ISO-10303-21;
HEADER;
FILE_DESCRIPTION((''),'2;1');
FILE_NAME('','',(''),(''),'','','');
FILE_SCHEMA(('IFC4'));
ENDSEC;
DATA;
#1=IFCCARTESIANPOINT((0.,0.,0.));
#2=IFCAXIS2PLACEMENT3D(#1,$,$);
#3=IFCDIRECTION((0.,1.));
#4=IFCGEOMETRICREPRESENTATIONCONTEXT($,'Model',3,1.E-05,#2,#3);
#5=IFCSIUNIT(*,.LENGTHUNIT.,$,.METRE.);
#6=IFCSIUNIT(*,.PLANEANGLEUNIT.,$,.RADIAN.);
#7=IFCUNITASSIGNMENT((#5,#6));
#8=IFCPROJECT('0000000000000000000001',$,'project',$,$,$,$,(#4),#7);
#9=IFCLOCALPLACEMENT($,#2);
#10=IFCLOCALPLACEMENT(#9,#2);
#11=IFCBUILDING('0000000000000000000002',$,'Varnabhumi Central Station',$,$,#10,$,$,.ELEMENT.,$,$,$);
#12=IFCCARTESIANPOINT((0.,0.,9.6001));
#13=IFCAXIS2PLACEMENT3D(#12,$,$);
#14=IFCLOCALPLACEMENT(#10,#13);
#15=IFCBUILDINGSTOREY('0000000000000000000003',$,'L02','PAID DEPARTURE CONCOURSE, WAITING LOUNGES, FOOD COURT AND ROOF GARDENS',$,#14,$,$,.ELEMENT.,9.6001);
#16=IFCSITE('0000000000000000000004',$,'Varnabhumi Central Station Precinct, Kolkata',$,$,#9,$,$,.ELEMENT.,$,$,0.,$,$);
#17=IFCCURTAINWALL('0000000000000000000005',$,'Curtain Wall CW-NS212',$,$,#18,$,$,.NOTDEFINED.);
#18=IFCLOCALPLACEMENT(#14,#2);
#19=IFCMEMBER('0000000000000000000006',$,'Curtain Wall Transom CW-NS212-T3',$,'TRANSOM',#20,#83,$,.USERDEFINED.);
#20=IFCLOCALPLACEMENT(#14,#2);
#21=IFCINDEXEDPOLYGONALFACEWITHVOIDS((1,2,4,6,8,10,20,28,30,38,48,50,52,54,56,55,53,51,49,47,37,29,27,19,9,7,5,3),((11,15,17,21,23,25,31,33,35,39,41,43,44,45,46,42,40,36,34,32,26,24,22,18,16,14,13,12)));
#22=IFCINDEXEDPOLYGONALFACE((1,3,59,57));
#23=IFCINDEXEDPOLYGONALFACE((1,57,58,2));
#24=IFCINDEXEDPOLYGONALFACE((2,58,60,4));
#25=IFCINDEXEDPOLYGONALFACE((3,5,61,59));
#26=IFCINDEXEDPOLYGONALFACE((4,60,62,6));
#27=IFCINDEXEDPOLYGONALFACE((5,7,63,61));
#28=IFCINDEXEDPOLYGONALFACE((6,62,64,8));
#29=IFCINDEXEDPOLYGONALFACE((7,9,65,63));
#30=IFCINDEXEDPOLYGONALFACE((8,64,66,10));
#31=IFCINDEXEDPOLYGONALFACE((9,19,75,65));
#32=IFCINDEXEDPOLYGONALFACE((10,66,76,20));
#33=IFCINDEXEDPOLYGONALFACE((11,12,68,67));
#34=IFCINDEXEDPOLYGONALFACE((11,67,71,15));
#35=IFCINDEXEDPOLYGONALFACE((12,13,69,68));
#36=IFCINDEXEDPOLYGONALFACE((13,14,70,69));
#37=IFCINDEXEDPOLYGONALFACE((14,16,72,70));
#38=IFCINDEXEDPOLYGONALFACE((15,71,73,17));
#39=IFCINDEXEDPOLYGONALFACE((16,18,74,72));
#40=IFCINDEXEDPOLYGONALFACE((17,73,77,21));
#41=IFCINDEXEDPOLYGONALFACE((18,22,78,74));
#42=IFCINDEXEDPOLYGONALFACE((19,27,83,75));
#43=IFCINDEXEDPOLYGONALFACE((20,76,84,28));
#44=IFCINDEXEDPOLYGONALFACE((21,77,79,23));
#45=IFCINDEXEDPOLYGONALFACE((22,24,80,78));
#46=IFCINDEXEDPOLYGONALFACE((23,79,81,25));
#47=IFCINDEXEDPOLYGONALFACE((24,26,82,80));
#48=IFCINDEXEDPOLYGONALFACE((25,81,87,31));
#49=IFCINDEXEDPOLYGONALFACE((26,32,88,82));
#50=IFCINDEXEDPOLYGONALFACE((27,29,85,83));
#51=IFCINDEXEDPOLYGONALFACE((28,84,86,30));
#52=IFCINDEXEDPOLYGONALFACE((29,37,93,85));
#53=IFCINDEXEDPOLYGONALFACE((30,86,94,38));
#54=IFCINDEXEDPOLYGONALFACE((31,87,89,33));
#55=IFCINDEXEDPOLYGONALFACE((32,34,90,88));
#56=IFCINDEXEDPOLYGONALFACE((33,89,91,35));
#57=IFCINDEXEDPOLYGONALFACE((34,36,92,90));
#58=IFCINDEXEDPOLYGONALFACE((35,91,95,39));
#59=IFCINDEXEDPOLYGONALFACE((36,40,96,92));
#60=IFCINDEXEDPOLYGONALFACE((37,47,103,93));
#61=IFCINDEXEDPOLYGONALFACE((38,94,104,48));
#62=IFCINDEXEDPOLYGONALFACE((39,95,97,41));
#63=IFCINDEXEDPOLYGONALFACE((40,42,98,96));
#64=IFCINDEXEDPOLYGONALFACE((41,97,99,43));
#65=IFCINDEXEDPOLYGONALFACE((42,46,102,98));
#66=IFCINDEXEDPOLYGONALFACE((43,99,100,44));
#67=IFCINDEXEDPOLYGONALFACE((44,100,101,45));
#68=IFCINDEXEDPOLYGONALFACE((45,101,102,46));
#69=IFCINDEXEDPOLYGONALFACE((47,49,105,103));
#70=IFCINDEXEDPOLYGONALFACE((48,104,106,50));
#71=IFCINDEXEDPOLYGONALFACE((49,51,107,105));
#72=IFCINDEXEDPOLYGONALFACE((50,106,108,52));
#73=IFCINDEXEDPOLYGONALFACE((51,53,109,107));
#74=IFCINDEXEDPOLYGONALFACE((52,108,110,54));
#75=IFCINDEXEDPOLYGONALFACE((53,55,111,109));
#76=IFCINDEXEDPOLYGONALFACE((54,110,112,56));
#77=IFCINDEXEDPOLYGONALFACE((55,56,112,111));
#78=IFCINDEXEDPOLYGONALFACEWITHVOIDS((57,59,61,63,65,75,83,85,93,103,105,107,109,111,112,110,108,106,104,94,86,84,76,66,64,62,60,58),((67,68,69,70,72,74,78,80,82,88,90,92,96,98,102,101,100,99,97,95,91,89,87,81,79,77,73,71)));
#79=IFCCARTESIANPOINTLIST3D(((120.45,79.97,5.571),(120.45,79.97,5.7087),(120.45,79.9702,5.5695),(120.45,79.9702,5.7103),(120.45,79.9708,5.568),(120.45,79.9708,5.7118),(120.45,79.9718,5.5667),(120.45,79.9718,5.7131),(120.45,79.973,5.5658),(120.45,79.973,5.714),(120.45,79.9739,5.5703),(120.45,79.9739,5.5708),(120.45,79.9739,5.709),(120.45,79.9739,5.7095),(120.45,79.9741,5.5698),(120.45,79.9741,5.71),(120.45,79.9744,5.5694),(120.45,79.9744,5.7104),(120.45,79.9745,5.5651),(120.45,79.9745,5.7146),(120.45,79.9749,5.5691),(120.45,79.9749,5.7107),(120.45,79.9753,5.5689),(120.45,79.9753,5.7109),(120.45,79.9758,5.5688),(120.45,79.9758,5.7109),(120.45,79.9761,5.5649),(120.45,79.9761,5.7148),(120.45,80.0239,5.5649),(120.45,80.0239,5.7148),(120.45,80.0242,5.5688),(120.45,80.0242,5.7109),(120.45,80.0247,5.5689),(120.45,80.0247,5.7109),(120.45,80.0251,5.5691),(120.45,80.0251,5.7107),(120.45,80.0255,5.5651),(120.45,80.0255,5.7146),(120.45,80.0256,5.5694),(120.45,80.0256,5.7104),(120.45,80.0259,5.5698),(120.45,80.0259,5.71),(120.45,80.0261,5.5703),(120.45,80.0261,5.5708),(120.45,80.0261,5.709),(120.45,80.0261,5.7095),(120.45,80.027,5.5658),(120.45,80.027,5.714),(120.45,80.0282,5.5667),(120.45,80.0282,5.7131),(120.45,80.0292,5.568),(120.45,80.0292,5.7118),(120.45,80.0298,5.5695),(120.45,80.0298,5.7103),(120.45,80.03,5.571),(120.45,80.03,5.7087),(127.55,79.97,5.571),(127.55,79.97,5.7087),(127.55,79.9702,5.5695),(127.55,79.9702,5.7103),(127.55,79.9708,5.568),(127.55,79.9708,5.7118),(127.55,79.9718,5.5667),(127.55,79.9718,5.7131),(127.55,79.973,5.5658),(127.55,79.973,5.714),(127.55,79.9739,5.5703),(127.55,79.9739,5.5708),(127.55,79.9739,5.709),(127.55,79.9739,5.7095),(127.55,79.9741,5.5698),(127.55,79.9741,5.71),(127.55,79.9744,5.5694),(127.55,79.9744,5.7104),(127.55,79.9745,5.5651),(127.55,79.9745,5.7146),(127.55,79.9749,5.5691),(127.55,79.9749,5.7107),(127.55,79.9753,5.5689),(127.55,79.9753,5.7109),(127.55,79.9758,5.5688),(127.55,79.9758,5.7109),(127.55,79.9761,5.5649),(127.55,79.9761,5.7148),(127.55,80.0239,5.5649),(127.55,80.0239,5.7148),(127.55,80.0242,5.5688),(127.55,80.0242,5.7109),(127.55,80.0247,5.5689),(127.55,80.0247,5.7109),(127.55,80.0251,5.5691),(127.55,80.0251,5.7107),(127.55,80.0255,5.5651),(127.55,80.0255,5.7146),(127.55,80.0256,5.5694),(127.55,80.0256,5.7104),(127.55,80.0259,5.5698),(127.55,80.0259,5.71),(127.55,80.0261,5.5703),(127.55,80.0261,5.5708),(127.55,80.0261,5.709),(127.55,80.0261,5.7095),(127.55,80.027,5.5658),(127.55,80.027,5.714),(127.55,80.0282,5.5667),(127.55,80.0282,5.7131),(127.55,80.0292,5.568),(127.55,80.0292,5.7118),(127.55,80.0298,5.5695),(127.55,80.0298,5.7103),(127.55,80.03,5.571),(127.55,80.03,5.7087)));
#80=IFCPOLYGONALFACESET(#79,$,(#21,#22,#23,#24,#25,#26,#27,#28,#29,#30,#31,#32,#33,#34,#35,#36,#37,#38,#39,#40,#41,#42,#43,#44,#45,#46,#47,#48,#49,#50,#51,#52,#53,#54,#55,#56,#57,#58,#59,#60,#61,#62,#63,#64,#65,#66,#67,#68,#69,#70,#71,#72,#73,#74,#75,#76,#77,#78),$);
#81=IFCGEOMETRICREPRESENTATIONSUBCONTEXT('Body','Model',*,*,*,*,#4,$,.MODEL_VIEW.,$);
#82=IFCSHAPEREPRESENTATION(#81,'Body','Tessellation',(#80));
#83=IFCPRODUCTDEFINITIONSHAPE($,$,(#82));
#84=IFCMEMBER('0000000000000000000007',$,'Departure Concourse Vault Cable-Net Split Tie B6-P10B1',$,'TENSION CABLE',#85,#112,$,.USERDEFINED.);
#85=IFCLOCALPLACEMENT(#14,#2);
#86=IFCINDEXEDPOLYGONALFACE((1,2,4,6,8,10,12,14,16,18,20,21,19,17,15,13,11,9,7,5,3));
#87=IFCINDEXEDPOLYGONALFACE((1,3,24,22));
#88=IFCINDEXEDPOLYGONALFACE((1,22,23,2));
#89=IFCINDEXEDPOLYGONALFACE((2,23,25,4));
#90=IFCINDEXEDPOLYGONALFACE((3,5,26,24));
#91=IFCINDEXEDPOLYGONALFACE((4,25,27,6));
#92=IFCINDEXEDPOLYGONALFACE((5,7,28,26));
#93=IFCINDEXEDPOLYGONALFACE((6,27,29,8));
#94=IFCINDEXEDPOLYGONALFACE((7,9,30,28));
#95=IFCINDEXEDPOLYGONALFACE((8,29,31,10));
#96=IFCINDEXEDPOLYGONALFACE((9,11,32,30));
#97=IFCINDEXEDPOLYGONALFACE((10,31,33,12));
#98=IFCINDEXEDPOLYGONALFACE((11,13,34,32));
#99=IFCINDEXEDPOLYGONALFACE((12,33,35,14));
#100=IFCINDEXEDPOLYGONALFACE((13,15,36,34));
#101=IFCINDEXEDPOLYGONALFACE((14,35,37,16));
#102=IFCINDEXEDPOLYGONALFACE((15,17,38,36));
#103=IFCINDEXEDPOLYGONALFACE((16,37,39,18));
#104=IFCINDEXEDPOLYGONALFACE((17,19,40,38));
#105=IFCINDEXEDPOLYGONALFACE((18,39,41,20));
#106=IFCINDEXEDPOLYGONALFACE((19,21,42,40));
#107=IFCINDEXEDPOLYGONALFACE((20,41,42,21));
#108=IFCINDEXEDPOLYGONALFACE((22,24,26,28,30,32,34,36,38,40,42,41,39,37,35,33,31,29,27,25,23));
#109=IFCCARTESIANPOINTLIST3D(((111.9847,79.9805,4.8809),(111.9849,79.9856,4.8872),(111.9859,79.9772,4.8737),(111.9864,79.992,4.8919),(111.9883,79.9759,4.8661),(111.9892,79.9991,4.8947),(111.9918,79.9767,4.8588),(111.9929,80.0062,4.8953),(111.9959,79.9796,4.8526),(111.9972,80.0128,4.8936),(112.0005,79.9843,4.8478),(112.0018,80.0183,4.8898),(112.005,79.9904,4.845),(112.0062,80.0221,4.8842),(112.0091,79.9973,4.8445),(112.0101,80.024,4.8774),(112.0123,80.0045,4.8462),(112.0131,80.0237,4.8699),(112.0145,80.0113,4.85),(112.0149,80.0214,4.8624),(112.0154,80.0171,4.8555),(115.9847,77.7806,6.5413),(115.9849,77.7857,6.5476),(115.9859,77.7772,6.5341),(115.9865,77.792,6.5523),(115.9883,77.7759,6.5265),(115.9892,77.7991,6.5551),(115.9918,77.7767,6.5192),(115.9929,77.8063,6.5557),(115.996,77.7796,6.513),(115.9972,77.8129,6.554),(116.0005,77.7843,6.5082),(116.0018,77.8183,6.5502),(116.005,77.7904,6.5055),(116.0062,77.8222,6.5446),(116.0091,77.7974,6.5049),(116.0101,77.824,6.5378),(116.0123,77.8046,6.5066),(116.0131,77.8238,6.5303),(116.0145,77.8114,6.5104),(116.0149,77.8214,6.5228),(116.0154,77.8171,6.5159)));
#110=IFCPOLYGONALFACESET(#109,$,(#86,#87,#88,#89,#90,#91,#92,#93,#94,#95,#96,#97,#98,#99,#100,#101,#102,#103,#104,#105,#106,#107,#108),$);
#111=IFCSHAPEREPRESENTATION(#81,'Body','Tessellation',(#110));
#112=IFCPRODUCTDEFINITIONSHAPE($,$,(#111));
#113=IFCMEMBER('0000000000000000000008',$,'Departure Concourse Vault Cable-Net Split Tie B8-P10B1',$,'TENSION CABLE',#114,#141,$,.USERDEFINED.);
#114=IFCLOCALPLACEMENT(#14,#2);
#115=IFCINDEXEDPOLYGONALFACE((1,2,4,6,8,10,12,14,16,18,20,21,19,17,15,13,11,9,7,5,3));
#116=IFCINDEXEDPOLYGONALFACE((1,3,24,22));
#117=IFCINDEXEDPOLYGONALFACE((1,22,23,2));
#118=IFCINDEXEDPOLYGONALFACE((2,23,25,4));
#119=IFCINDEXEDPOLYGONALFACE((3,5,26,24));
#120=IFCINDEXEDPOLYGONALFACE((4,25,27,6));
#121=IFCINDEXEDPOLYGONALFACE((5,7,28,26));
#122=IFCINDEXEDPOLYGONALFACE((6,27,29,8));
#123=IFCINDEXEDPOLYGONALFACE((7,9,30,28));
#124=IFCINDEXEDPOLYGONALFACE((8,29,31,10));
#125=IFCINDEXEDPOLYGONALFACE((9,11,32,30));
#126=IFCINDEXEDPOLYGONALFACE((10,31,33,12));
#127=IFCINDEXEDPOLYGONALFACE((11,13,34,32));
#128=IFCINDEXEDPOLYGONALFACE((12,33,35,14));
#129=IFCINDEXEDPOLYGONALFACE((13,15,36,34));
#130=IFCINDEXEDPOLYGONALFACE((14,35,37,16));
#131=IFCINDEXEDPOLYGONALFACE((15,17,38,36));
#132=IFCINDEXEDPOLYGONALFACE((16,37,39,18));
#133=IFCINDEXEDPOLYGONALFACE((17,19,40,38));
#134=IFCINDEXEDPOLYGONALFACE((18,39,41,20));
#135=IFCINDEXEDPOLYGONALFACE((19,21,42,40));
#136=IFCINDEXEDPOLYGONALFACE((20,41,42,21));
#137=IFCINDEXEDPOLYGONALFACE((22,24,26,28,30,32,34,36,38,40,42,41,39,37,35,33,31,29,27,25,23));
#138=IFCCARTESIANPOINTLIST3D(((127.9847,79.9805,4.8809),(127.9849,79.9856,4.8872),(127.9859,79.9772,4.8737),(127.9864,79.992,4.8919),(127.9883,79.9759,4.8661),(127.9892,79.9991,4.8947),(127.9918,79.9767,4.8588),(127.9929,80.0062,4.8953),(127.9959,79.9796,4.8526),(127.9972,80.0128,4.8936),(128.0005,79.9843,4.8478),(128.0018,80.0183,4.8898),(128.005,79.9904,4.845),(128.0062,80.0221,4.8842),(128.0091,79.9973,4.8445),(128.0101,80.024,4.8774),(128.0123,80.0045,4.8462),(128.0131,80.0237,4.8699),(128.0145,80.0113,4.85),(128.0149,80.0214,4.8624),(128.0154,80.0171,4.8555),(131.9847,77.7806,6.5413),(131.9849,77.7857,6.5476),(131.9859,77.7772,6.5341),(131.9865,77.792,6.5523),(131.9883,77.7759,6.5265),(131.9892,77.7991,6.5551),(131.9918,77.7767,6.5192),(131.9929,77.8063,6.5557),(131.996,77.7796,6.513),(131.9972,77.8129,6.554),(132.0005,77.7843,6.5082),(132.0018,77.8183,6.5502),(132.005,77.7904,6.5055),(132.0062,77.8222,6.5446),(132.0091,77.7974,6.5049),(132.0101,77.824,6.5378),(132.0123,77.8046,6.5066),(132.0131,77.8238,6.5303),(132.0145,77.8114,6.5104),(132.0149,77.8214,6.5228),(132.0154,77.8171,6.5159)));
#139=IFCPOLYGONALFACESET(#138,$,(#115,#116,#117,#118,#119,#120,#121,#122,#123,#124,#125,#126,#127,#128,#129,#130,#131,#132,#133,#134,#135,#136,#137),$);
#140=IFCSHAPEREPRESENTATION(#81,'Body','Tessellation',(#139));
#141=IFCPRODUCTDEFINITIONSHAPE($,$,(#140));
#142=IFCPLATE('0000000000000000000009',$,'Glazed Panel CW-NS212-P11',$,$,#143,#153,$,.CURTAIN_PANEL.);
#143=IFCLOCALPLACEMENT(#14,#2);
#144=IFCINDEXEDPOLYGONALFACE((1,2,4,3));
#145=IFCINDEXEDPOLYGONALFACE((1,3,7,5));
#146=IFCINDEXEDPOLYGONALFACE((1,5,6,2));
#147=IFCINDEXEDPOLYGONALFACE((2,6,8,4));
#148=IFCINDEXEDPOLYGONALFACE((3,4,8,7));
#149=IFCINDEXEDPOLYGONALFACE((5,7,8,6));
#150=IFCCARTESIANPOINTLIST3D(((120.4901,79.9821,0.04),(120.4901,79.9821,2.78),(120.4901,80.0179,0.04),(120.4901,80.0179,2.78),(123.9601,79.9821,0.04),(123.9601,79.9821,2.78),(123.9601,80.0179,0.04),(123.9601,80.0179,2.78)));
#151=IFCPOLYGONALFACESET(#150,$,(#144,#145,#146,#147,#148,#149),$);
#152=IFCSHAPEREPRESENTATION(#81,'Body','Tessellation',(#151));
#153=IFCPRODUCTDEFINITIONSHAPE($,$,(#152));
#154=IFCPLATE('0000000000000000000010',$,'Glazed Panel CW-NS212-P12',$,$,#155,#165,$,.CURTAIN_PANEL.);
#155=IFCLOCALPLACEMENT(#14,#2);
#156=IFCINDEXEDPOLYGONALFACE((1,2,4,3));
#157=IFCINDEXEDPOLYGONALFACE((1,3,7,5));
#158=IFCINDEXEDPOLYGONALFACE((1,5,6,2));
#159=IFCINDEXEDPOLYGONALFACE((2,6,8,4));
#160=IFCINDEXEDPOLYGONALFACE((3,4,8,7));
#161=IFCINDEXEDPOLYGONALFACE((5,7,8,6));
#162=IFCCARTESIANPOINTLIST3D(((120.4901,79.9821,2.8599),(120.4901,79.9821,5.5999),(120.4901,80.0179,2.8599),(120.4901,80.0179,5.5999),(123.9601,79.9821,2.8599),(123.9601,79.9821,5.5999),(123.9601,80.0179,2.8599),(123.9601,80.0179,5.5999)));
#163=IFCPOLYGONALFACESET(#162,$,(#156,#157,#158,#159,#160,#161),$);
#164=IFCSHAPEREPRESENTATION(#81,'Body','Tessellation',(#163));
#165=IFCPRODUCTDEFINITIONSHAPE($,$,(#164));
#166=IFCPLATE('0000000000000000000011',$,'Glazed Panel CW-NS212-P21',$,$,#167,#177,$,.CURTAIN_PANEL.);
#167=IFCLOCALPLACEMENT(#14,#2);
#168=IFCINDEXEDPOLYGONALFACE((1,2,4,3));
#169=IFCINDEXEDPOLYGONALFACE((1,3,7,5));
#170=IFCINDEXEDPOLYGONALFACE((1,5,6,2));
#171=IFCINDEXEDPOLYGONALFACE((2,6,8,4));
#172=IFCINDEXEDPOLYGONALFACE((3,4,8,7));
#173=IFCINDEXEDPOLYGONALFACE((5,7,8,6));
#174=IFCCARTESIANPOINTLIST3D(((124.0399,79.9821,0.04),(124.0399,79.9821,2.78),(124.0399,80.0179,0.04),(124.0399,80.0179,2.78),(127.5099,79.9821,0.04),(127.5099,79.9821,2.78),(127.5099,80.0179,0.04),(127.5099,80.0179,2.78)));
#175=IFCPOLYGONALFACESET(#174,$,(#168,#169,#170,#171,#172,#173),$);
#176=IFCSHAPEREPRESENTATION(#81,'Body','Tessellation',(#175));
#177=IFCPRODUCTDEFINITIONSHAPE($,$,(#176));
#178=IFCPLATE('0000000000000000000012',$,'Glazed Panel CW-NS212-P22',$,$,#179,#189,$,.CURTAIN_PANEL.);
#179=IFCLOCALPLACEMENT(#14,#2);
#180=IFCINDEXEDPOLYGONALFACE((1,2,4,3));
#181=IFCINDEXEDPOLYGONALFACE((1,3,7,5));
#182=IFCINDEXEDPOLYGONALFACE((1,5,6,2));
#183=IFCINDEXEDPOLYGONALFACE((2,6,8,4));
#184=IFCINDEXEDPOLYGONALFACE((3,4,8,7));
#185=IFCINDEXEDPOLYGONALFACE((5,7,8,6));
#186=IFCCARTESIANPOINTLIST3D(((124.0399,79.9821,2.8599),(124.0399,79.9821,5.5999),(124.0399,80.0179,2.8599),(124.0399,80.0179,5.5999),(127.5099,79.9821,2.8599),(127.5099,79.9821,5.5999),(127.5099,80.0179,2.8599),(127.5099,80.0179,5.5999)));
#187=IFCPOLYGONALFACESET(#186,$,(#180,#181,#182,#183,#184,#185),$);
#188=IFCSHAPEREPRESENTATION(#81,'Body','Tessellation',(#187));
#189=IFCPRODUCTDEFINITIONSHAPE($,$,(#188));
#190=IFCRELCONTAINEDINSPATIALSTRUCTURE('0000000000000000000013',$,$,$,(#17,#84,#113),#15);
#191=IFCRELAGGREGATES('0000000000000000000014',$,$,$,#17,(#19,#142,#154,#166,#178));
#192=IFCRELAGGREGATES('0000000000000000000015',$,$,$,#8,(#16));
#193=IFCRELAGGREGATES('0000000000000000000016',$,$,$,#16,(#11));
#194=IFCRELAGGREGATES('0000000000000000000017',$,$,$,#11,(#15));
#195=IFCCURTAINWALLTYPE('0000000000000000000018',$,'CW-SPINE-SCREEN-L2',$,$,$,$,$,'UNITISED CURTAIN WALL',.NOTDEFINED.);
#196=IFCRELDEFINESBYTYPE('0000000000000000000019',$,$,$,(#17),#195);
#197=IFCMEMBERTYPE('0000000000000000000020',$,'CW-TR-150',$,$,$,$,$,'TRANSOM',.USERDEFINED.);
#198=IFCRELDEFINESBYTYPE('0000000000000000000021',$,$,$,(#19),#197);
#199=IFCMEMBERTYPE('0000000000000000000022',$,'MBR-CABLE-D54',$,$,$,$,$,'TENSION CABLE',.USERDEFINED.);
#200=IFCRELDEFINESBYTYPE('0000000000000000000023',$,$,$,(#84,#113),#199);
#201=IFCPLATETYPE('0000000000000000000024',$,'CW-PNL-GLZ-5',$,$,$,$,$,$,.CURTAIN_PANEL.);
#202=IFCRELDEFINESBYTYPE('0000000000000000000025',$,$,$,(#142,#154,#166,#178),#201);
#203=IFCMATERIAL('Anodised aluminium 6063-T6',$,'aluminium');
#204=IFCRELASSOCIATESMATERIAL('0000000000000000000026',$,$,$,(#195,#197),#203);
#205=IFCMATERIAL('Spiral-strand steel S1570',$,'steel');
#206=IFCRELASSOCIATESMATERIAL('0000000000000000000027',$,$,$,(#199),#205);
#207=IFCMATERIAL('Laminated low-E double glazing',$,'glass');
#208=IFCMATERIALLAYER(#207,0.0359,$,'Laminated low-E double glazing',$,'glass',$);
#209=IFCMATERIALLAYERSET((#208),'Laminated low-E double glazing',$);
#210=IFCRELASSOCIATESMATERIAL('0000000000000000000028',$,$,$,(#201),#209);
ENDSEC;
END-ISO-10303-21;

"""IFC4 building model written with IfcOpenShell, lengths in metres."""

from ifc_helpers import new_model, si_unit, direction, frame, origin, origin_2d, place, context, subcontext, project, spatial, rectangle, hollow_rectangle, circle, extrude, material, layer, layer_set, material_profile, profile_set, type_object, element, aggregate, save


model = new_model("IFC4")

# Units and contexts
model_context = context("Model", 3, precision=1e-05, world=origin(), true_north=direction((0.0, 1.0)))
body_context = subcontext(model_context, "Body", "Model", "MODEL_VIEW")
ifc_project = project(units=[si_unit("LENGTHUNIT", "METRE"), si_unit("PLANEANGLEUNIT", "RADIAN")], contexts=[model_context])

# Site, building, storey
site_placement = place(None, origin())
site = spatial("IfcSite", under=ifc_project, at=site_placement, Name="Varnabhumi Central Station Precinct, Kolkata", CompositionType="ELEMENT", RefElevation=0.0)
building_placement = place(site_placement, origin())
building = spatial("IfcBuilding", under=site, at=building_placement, Name="Varnabhumi Central Station", CompositionType="ELEMENT")
storey_placement = place(building_placement, frame((0.0, 0.0, 9.6001)))
storey = spatial("IfcBuildingStorey", under=building, at=storey_placement, Name="L02", Description="PAID DEPARTURE CONCOURSE, WAITING LOUNGES, FOOD COURT AND ROOF GARDENS", CompositionType="ELEMENT", Elevation=9.6001)

# Curtain wall, member
ifc_material_1 = material(Name="Anodised aluminium 6063-T6", Category="aluminium")
curtain_wall_type = type_object("IfcCurtainWallType", Name="CW-SPINE-SCREEN-L2", ElementType="UNITISED CURTAIN WALL", PredefinedType="NOTDEFINED", material=ifc_material_1)
curtain_wall_placement = place(storey_placement, origin())
curtain_wall = element("IfcCurtainWall", 1, at=curtain_wall_placement, inside=storey, type_object=curtain_wall_type, Name="Curtain Wall CW-NS212", PredefinedType="NOTDEFINED")
ifc_material_profile_1 = material_profile(ifc_material_1, hollow_rectangle(XDim=0.0601, YDim=0.1499, WallThickness=0.0039, InnerFilletRadius=0.002, OuterFilletRadius=0.0061, at=origin_2d()), Name="Anodised aluminium 6063-T6", Category="aluminium")
ifc_profile_set_1 = profile_set([ifc_material_profile_1], Name="Anodised aluminium 6063-T6")
member_type_1 = type_object("IfcMemberType", Name="CW-TR-150", ElementType="TRANSOM", PredefinedType="USERDEFINED", material=ifc_profile_set_1)
member_1_placement = place(storey_placement, frame((120.45, 80.0, 5.6399), z_axis=(1.0, 0.0, 0.0), x_axis=(0.0, 1.0, 0.0)))
member_1 = element("IfcMember", 2, at=member_1_placement, type_object=member_type_1, Name="Curtain Wall Transom CW-NS212-T3", ObjectType="TRANSOM", PredefinedType="USERDEFINED", context=body_context, shape_type="SweptSolid", body=[
    extrude(hollow_rectangle(XDim=0.0601, YDim=0.1499, WallThickness=0.0039, InnerFilletRadius=0.002, OuterFilletRadius=0.0061, at=origin_2d()), origin(), (0.0, 0.0, 1.0), 7.1001),
])

# Members
ifc_material_2 = material(Name="Spiral-strand steel S1570", Category="steel")
ifc_material_profile_2 = material_profile(ifc_material_2, circle(Radius=0.0271, at=origin_2d()), Name="Spiral-strand steel S1570", Category="steel")
ifc_profile_set_2 = profile_set([ifc_material_profile_2], Name="Spiral-strand steel S1570")
member_type_2 = type_object("IfcMemberType", Name="MBR-CABLE-D54", ElementType="TENSION CABLE", PredefinedType="USERDEFINED", material=ifc_profile_set_2)
for number, where, z_axis, x_axis, name in (
    (3, (112.0, 80.0, 4.8699), (0.823444, -0.452884, 0.341812), (0.481911, 0.87622, 0.0), "Departure Concourse Vault Cable-Net Split Tie B6-P10B1"),
    (4, (128.0, 80.0, 4.8699), (0.823444, -0.452884, 0.341812), (0.481911, 0.87622, 0.0), "Departure Concourse Vault Cable-Net Split Tie B8-P10B1"),
):
    element("IfcMember", number, at=place(storey_placement, frame(where, z_axis=z_axis, x_axis=x_axis)), inside=storey, type_object=member_type_2, Name=name, ObjectType="TENSION CABLE", PredefinedType="USERDEFINED", context=body_context, shape_type="SweptSolid", body=[
        extrude(circle(Radius=0.0271, at=origin_2d()), origin(), (0.0, 0.0, 1.0), 4.8577),
    ])

# Plates
ifc_material_3 = material(Name="Laminated low-E double glazing", Category="glass")
ifc_layer_1 = layer(ifc_material_3, 0.0359, Name="Laminated low-E double glazing", Category="glass")
ifc_layer_set_1 = layer_set([ifc_layer_1], Name="Laminated low-E double glazing")
plate_type_1 = type_object("IfcPlateType", Name="CW-PNL-GLZ-5", PredefinedType="CURTAIN_PANEL", material=ifc_layer_set_1)
plate_1_placement = place(storey_placement, frame((122.2251, 80.0, 0.04), z_axis=(0.0, 0.0, 1.0), x_axis=(1.0, 0.0, 0.0)))
plate_1 = element("IfcPlate", 5, at=plate_1_placement, type_object=plate_type_1, Name="Glazed Panel CW-NS212-P11", PredefinedType="CURTAIN_PANEL", context=body_context, shape_type="SweptSolid", body=[
    extrude(rectangle(XDim=3.47, YDim=0.0359, at=origin_2d()), origin(), (0.0, 0.0, 1.0), 2.74),
])
plate_2_placement = place(storey_placement, frame((122.2251, 80.0, 2.8599), z_axis=(0.0, 0.0, 1.0), x_axis=(1.0, 0.0, 0.0)))
plate_2 = element("IfcPlate", 6, at=plate_2_placement, type_object=plate_type_1, Name="Glazed Panel CW-NS212-P12", PredefinedType="CURTAIN_PANEL", context=body_context, shape_type="SweptSolid", body=[
    extrude(rectangle(XDim=3.47, YDim=0.0359, at=origin_2d()), origin(), (0.0, 0.0, 1.0), 2.74),
])
plate_3_placement = place(storey_placement, frame((125.7749, 80.0, 0.04), z_axis=(0.0, 0.0, 1.0), x_axis=(1.0, 0.0, 0.0)))
plate_3 = element("IfcPlate", 7, at=plate_3_placement, type_object=plate_type_1, Name="Glazed Panel CW-NS212-P21", PredefinedType="CURTAIN_PANEL", context=body_context, shape_type="SweptSolid", body=[
    extrude(rectangle(XDim=3.47, YDim=0.0359, at=origin_2d()), origin(), (0.0, 0.0, 1.0), 2.74),
])
plate_4_placement = place(storey_placement, frame((125.7749, 80.0, 2.8599), z_axis=(0.0, 0.0, 1.0), x_axis=(1.0, 0.0, 0.0)))
plate_4 = element("IfcPlate", 8, at=plate_4_placement, type_object=plate_type_1, Name="Glazed Panel CW-NS212-P22", PredefinedType="CURTAIN_PANEL", context=body_context, shape_type="SweptSolid", body=[
    extrude(rectangle(XDim=3.47, YDim=0.0359, at=origin_2d()), origin(), (0.0, 0.0, 1.0), 2.74),
])
aggregate(curtain_wall, [member_1, plate_1, plate_2, plate_3, plate_4])

save(model, "model.ifc")
